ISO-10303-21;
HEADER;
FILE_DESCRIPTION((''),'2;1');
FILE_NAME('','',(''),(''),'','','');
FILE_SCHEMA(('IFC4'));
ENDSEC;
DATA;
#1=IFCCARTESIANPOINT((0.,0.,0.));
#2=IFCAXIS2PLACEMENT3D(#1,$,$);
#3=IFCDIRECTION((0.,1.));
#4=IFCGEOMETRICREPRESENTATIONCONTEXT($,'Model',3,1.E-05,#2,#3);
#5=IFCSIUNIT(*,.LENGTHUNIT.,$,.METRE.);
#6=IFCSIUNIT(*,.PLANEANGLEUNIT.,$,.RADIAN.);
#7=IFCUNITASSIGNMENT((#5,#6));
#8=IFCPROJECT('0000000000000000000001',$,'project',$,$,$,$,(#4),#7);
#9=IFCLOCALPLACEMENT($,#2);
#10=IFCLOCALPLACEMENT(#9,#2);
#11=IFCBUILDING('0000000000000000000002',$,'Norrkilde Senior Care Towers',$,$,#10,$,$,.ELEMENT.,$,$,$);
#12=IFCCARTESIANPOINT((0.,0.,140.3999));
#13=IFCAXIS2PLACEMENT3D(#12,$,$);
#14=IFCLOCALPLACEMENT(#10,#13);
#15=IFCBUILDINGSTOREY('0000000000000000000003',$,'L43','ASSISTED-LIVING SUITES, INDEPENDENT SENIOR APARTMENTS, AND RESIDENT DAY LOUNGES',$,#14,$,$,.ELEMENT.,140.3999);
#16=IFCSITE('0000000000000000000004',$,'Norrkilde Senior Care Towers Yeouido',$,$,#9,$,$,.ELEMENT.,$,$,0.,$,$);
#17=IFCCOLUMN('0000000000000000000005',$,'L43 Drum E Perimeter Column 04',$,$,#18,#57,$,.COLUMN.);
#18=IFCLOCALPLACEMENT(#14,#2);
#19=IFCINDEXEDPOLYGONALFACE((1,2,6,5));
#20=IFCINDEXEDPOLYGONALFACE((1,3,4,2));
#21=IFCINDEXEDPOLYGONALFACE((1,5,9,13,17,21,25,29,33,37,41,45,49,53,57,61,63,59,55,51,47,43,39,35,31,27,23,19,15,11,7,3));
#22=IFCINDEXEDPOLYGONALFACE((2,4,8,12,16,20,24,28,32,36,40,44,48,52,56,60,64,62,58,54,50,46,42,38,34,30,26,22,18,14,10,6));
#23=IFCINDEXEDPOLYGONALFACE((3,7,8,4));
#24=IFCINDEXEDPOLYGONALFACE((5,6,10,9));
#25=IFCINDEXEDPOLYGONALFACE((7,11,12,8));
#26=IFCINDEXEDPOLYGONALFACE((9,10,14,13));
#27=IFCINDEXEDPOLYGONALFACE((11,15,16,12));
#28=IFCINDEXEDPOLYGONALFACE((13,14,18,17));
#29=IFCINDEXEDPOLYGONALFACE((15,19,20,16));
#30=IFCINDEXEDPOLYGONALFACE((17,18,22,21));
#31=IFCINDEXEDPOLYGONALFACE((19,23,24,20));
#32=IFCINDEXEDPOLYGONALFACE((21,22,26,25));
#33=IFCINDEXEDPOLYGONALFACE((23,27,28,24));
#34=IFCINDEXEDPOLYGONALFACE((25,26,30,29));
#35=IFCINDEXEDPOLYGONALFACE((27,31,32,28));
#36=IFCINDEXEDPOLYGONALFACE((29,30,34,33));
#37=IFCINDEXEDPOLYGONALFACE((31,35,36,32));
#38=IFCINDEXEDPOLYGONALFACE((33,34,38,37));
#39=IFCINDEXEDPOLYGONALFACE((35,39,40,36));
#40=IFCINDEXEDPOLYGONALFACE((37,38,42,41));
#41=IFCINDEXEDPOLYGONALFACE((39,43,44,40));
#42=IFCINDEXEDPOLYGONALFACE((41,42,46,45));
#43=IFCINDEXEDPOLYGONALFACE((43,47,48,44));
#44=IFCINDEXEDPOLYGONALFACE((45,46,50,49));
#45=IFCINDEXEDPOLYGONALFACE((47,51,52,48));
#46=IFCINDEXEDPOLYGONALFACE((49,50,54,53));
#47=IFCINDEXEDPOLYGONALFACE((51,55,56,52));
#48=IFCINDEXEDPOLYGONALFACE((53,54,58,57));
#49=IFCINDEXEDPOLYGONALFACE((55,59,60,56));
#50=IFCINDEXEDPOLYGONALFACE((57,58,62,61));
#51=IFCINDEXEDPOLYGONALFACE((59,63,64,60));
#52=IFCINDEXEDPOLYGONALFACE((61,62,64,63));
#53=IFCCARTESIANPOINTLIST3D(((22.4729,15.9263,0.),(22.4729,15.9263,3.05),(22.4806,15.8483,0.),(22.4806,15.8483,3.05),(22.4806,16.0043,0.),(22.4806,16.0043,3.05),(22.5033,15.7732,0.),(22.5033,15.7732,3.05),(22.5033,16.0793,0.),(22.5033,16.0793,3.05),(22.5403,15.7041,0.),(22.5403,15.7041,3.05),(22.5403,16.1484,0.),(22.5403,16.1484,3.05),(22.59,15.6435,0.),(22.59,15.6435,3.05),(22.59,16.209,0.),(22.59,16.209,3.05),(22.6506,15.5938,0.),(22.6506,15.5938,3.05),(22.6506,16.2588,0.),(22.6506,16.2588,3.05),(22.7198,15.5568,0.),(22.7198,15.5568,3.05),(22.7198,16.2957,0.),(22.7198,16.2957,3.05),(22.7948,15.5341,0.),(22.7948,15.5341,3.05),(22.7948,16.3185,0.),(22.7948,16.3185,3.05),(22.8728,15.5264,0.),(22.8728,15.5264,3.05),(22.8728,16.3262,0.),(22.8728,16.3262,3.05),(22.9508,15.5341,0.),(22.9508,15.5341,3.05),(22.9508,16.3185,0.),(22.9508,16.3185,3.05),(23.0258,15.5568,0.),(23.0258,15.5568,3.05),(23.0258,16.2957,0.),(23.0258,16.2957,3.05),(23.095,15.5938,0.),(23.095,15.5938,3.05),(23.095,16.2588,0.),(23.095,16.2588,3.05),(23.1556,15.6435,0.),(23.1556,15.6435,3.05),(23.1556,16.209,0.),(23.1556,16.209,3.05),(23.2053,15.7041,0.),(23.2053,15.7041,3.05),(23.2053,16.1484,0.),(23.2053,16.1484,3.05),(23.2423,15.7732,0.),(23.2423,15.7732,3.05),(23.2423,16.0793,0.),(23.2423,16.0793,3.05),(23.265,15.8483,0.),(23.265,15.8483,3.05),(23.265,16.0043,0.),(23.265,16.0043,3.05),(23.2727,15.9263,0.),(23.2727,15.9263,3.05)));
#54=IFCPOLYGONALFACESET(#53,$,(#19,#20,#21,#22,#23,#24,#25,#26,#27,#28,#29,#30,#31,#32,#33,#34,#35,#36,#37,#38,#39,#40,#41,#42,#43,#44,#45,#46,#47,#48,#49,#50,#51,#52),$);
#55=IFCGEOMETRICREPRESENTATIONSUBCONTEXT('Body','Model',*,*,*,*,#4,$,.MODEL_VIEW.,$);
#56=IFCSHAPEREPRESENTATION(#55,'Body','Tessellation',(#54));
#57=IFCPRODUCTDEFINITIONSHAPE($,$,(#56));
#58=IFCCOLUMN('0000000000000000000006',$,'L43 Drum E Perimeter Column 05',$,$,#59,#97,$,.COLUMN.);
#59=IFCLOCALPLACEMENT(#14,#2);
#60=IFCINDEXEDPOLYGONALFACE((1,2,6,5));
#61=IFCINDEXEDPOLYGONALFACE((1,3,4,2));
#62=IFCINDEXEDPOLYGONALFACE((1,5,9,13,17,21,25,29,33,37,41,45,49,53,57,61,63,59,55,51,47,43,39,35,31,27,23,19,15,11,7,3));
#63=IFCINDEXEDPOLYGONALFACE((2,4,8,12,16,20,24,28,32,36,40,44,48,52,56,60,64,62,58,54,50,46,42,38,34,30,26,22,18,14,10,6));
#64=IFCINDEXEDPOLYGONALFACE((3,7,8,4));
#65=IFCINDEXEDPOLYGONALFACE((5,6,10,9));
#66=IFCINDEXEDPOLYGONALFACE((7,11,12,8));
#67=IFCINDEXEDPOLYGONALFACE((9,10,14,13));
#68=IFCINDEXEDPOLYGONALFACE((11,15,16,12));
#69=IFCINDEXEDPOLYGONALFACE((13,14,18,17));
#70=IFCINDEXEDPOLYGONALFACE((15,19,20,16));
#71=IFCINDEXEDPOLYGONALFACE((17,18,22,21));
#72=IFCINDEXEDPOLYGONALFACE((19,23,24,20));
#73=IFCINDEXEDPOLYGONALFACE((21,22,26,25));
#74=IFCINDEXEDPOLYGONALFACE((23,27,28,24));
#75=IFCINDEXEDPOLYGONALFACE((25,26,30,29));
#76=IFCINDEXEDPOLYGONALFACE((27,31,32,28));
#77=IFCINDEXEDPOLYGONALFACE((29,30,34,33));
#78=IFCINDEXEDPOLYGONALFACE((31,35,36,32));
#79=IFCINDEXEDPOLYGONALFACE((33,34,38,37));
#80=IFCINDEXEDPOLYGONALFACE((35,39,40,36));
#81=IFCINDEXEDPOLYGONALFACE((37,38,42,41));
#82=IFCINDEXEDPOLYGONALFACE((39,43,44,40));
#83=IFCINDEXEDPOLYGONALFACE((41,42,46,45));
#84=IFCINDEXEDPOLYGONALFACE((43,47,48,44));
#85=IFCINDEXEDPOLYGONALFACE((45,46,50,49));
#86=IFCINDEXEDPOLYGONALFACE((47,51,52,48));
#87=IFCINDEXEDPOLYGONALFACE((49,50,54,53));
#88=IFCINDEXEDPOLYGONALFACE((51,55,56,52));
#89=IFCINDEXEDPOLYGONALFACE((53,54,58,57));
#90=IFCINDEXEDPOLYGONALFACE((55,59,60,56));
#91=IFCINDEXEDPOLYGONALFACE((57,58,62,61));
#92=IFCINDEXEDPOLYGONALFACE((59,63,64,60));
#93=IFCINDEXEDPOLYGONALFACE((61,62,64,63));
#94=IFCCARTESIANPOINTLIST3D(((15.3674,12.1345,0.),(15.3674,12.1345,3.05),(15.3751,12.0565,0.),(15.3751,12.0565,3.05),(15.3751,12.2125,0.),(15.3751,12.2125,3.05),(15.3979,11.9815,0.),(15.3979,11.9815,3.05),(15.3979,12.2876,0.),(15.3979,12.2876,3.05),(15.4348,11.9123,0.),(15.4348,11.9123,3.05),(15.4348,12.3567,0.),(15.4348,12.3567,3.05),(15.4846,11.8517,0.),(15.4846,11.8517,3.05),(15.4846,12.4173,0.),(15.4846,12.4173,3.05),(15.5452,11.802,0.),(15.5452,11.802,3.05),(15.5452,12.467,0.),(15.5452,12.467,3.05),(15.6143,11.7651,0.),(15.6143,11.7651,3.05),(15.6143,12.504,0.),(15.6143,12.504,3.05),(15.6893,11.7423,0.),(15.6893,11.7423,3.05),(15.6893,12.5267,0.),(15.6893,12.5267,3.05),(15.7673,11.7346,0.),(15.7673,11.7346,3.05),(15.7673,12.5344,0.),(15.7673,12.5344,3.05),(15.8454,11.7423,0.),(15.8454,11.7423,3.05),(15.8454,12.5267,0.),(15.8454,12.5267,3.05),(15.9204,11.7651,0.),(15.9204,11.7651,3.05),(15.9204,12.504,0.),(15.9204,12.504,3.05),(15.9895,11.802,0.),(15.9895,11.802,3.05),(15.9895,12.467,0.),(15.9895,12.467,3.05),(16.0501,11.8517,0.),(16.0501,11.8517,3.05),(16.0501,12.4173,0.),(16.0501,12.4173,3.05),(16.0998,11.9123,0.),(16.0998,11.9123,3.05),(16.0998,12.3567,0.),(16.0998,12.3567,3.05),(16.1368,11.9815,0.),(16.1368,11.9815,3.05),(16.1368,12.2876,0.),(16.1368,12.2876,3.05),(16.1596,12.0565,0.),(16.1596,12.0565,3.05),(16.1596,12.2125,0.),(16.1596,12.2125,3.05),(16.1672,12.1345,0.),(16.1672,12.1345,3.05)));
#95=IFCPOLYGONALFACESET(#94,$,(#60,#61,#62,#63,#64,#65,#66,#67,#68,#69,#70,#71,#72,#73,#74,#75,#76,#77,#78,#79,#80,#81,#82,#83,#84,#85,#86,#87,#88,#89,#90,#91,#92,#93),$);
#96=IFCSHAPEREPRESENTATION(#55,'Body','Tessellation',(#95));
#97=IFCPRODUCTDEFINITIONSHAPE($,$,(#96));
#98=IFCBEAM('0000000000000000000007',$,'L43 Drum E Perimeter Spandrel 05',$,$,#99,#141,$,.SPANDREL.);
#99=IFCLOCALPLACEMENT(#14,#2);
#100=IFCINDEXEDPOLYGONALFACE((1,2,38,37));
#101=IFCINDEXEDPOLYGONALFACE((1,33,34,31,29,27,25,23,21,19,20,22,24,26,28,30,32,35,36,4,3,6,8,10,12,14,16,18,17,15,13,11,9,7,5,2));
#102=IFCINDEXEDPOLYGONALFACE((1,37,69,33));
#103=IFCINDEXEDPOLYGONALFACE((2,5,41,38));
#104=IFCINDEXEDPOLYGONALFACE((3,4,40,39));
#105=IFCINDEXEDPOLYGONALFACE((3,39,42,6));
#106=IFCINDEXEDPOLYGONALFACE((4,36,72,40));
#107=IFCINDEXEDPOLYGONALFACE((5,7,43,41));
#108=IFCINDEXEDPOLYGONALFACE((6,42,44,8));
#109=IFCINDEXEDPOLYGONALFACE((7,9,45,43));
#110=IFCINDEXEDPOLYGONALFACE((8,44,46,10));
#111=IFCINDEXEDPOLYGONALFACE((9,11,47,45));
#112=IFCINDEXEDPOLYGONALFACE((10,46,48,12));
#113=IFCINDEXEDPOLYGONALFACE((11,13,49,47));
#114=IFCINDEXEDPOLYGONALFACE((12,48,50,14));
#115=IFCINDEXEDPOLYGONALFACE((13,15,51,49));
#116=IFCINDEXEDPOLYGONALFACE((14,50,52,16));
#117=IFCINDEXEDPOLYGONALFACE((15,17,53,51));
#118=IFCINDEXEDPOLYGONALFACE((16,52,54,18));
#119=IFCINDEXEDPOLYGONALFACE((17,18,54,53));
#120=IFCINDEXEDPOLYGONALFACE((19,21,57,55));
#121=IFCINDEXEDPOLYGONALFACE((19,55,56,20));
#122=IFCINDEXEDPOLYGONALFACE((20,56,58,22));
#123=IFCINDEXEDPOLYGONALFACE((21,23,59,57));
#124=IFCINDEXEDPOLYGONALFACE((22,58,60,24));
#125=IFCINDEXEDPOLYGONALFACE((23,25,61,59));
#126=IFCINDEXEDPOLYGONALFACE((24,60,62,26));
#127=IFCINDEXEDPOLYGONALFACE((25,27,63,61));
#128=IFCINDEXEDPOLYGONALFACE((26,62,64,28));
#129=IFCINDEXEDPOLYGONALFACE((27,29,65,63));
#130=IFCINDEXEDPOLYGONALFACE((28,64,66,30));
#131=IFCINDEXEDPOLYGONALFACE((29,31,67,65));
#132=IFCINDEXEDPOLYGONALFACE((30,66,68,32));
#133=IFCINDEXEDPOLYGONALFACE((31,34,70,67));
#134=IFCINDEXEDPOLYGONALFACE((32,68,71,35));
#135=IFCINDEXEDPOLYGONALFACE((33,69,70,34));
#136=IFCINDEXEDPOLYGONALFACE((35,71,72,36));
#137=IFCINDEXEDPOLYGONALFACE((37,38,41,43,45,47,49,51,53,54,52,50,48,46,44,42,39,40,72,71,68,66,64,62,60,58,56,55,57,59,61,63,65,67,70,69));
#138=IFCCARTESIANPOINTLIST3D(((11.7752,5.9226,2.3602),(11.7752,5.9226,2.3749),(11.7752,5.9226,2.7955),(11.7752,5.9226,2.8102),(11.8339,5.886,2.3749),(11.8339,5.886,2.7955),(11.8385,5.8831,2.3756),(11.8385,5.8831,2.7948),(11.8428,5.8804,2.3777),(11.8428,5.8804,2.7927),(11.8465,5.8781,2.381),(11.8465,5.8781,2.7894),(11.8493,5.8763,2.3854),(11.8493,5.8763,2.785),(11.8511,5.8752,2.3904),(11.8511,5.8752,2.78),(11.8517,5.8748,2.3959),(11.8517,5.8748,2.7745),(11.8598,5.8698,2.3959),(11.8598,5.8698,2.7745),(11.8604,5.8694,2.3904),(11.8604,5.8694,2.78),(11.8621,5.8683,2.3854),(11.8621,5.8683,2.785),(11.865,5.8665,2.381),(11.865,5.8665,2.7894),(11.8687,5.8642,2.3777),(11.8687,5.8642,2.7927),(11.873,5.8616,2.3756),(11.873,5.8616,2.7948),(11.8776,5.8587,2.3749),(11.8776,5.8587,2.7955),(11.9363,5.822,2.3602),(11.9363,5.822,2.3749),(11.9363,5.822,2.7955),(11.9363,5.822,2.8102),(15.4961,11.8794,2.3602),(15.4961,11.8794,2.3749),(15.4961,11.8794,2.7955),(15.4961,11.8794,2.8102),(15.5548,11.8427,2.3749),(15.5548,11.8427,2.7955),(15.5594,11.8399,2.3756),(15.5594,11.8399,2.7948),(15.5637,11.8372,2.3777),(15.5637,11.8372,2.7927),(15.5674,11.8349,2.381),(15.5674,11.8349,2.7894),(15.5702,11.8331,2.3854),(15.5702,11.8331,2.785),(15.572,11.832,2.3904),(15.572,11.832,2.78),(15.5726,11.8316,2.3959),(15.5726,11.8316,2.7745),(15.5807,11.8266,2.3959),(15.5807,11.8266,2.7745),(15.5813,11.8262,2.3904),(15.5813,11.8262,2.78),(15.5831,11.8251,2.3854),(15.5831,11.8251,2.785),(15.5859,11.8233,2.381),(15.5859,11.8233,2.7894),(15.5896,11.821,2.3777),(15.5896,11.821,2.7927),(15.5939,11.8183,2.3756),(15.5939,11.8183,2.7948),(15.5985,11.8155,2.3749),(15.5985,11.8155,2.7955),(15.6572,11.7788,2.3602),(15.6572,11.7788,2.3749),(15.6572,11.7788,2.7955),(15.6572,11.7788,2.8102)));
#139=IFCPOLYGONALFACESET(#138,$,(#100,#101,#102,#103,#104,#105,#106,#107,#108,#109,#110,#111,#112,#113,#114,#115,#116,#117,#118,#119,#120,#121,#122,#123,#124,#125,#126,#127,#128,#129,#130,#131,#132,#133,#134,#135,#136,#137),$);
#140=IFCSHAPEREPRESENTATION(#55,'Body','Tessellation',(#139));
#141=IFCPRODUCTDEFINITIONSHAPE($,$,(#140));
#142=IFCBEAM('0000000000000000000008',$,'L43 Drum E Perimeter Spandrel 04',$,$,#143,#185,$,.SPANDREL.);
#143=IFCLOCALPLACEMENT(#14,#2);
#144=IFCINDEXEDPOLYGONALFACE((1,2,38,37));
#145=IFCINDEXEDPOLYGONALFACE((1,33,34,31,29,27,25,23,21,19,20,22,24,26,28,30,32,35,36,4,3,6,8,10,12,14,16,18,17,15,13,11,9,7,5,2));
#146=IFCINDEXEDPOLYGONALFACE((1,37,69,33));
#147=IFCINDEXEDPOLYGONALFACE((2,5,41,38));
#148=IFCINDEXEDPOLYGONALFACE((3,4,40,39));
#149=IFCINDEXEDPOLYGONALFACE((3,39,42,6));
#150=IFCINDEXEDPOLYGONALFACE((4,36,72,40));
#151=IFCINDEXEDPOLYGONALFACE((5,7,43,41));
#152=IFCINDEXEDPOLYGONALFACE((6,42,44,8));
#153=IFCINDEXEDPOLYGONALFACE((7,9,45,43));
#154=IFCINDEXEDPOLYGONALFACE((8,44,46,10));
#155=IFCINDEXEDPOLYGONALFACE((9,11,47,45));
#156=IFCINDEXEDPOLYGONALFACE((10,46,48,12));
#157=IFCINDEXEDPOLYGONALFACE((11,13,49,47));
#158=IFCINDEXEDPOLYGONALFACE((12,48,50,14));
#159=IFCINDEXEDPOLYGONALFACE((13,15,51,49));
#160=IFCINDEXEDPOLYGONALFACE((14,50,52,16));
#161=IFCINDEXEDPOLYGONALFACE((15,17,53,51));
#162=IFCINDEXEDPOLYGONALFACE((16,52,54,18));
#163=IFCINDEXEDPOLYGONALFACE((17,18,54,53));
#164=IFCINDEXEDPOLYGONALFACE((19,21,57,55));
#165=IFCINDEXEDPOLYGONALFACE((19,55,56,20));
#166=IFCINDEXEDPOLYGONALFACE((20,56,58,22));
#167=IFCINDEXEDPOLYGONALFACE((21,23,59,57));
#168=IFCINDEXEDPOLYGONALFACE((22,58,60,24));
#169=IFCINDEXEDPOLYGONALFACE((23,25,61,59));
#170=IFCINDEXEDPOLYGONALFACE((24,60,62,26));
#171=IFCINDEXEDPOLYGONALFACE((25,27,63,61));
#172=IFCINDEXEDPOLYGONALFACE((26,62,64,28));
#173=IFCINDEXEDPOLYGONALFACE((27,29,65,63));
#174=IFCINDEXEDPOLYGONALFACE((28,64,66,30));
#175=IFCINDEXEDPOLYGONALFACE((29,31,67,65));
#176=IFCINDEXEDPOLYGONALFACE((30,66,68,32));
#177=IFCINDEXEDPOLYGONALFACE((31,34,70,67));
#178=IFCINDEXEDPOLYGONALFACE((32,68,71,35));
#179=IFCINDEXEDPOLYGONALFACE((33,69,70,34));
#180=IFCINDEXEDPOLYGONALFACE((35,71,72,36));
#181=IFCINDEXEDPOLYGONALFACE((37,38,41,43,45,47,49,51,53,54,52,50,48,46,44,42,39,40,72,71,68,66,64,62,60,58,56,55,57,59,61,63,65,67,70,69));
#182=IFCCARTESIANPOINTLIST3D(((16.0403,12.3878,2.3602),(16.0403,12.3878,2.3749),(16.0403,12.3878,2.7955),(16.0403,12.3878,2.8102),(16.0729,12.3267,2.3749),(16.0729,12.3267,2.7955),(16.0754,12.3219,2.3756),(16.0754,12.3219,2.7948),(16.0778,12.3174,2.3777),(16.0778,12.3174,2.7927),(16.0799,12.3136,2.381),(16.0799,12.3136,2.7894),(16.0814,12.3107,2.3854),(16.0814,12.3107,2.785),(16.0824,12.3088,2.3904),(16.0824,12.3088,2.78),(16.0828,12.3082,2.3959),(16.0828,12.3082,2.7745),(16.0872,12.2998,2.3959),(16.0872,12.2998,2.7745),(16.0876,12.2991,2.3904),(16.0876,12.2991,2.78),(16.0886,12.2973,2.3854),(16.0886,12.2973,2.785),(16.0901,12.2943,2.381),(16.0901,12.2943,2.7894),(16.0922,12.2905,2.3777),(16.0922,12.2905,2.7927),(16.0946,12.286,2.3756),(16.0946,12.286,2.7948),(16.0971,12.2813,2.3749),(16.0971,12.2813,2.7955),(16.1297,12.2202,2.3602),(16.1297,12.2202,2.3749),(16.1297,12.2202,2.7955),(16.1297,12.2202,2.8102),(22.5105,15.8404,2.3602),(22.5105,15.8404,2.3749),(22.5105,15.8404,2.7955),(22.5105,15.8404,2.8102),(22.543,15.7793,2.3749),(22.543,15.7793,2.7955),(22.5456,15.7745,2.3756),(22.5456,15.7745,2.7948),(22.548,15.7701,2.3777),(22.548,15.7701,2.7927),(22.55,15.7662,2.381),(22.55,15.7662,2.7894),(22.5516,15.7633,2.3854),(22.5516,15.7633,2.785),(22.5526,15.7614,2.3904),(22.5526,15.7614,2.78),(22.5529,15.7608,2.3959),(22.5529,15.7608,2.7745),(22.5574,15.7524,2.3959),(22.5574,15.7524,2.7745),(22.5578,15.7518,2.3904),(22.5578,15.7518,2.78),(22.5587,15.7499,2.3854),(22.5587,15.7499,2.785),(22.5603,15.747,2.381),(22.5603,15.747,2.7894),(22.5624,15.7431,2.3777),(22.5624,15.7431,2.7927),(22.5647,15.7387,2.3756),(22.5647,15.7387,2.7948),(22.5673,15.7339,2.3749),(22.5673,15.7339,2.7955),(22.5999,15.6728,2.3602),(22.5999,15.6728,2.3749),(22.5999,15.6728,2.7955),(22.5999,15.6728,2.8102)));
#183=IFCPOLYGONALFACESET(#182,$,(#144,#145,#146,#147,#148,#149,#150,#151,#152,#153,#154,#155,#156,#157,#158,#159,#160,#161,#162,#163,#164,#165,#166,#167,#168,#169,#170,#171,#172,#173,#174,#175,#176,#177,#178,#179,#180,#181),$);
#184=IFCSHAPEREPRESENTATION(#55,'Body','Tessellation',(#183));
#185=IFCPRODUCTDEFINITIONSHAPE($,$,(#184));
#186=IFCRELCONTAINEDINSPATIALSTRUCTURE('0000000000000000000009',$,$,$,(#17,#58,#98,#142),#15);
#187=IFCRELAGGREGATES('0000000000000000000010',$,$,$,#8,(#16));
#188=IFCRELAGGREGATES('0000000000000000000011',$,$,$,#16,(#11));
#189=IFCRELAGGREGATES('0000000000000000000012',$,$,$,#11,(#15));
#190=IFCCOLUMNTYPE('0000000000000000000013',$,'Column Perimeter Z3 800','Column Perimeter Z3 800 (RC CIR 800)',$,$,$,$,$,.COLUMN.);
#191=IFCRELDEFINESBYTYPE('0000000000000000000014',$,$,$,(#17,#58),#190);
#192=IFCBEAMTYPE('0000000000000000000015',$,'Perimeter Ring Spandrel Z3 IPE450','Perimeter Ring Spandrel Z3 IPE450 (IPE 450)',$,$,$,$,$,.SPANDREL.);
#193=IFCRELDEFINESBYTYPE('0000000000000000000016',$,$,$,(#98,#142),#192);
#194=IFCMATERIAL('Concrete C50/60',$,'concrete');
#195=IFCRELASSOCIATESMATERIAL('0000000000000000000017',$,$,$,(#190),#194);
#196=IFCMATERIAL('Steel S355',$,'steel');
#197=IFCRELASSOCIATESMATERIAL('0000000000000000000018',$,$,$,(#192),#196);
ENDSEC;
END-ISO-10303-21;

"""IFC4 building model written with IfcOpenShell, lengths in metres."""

from ifc_helpers import new_model, si_unit, direction, frame, origin, origin_2d, place, context, subcontext, project, spatial, circle, i_section, extrude, source, transform, mapped, material, material_profile, profile_set, type_object, type_shapes, element, save


model = new_model("IFC4")

# Units and contexts
model_context = context("Model", 3, precision=1e-05, world=origin(), true_north=direction((0.0, 1.0)))
body_context = subcontext(model_context, "Body", "Model", "MODEL_VIEW")
ifc_project = project(units=[si_unit("LENGTHUNIT", "METRE"), si_unit("PLANEANGLEUNIT", "RADIAN")], contexts=[model_context])

# Site, building, storey
site_placement = place(None, origin())
site = spatial("IfcSite", under=ifc_project, at=site_placement, Name="Norrkilde Senior Care Towers Yeouido", CompositionType="ELEMENT", RefElevation=0.0)
building_placement = place(site_placement, origin())
building = spatial("IfcBuilding", under=site, at=building_placement, Name="Norrkilde Senior Care Towers", CompositionType="ELEMENT")
storey_placement = place(building_placement, frame((0.0, 0.0, 140.3999)))
storey = spatial("IfcBuildingStorey", under=building, at=storey_placement, Name="L43", Description="ASSISTED-LIVING SUITES, INDEPENDENT SENIOR APARTMENTS, AND RESIDENT DAY LOUNGES", CompositionType="ELEMENT", Elevation=140.3999)

# Columns
ifc_material_1 = material(Name="Concrete C50/60", Category="concrete")
ifc_material_profile_1 = material_profile(ifc_material_1, circle(Radius=0.3999, at=origin_2d()), Name="RC CIR 800")
ifc_profile_set_1 = profile_set([ifc_material_profile_1], Name="Concrete C50/60")
column_type = type_object("IfcColumnType", Name="Column Perimeter Z3 800", Description="Column Perimeter Z3 800 (RC CIR 800)", PredefinedType="COLUMN", material=ifc_profile_set_1)
shared_shape_1 = source(origin(), body_context, "Body", "SweptSolid", [
    extrude(circle(Radius=0.3999, at=origin_2d()), origin(), (0.0, 0.0, 1.0), 3.05),
])
type_shapes(column_type, [shared_shape_1])
for number, where, z_axis, x_axis, name in (
    (1, (22.8728, 15.9263, 0.0), (0.0, 0.0, 1.0), (1.0, 0.0, 0.0), "L43 Drum E Perimeter Column 04"),
    (2, (15.7673, 12.1345, 0.0), (0.0, 0.0, 1.0), (1.0, 0.0, 0.0), "L43 Drum E Perimeter Column 05"),
):
    element("IfcColumn", number, at=place(storey_placement, frame(where, z_axis=z_axis, x_axis=x_axis)), inside=storey, type_object=column_type, Name=name, PredefinedType="COLUMN", context=body_context, shape_type="MappedRepresentation", body=[
        mapped(shared_shape_1, transform((0.0, 0.0, 0.0), x_axis=(1.0, 0.0, 0.0), y_axis=(0.0, 1.0, 0.0), z_axis=(0.0, 0.0, 1.0), scale=1.0)),
    ])

# Beams
ifc_material_2 = material(Name="Steel S355", Category="steel")
ifc_material_profile_2 = material_profile(ifc_material_2, i_section(OverallWidth=0.1899, OverallDepth=0.45, WebThickness=0.0095, FlangeThickness=0.0146, FilletRadius=0.021, at=origin_2d()), Name="IPE 450")
ifc_profile_set_2 = profile_set([ifc_material_profile_2], Name="Steel S355")
beam_type_1 = type_object("IfcBeamType", Name="Perimeter Ring Spandrel Z3 IPE450", Description="Perimeter Ring Spandrel Z3 IPE450 (IPE 450)", PredefinedType="SPANDREL", material=ifc_profile_set_2)
shared_shape_2 = source(origin(), body_context, "Body", "SweptSolid", [
    extrude(i_section(OverallWidth=0.1899, OverallDepth=0.45, WebThickness=0.0095, FlangeThickness=0.0146, FilletRadius=0.021, at=origin_2d()), origin(), (0.0, 0.0, 1.0), 7.0234),
])
beam_1_placement = place(storey_placement, frame((15.5767, 11.8291, 2.5852), z_axis=(-0.52979, -0.848129, 0.0), x_axis=(0.848129, -0.52979, 0.0)))
element("IfcBeam", 3, at=beam_1_placement, inside=storey, type_object=beam_type_1, Name="L43 Drum E Perimeter Spandrel 05", PredefinedType="SPANDREL", context=body_context, shape_type="MappedRepresentation", body=[
    mapped(shared_shape_2, transform((0.0, 0.0, 0.0), x_axis=(1.0, 0.0, 0.0), y_axis=(0.0, 1.0, 0.0), z_axis=(0.0, 0.0, 1.0), scale=1.0)),
])
shared_shape_3 = source(origin(), body_context, "Body", "SweptSolid", [
    extrude(i_section(OverallWidth=0.1899, OverallDepth=0.45, WebThickness=0.0095, FlangeThickness=0.0146, FilletRadius=0.021, at=origin_2d()), origin(), (0.0, 0.0, 1.0), 7.3337),
])
type_shapes(beam_type_1, [shared_shape_2, shared_shape_3])
beam_2_placement = place(storey_placement, frame((22.5552, 15.7566, 2.5852), z_axis=(-0.882248, -0.470785, 0.0), x_axis=(0.470785, -0.882248, 0.0)))
element("IfcBeam", 4, at=beam_2_placement, inside=storey, type_object=beam_type_1, Name="L43 Drum E Perimeter Spandrel 04", PredefinedType="SPANDREL", context=body_context, shape_type="MappedRepresentation", body=[
    mapped(shared_shape_3, transform((0.0, 0.0, 0.0), x_axis=(1.0, 0.0, 0.0), y_axis=(0.0, 1.0, 0.0), z_axis=(0.0, 0.0, 1.0), scale=1.0)),
])

save(model, "model.ifc")
